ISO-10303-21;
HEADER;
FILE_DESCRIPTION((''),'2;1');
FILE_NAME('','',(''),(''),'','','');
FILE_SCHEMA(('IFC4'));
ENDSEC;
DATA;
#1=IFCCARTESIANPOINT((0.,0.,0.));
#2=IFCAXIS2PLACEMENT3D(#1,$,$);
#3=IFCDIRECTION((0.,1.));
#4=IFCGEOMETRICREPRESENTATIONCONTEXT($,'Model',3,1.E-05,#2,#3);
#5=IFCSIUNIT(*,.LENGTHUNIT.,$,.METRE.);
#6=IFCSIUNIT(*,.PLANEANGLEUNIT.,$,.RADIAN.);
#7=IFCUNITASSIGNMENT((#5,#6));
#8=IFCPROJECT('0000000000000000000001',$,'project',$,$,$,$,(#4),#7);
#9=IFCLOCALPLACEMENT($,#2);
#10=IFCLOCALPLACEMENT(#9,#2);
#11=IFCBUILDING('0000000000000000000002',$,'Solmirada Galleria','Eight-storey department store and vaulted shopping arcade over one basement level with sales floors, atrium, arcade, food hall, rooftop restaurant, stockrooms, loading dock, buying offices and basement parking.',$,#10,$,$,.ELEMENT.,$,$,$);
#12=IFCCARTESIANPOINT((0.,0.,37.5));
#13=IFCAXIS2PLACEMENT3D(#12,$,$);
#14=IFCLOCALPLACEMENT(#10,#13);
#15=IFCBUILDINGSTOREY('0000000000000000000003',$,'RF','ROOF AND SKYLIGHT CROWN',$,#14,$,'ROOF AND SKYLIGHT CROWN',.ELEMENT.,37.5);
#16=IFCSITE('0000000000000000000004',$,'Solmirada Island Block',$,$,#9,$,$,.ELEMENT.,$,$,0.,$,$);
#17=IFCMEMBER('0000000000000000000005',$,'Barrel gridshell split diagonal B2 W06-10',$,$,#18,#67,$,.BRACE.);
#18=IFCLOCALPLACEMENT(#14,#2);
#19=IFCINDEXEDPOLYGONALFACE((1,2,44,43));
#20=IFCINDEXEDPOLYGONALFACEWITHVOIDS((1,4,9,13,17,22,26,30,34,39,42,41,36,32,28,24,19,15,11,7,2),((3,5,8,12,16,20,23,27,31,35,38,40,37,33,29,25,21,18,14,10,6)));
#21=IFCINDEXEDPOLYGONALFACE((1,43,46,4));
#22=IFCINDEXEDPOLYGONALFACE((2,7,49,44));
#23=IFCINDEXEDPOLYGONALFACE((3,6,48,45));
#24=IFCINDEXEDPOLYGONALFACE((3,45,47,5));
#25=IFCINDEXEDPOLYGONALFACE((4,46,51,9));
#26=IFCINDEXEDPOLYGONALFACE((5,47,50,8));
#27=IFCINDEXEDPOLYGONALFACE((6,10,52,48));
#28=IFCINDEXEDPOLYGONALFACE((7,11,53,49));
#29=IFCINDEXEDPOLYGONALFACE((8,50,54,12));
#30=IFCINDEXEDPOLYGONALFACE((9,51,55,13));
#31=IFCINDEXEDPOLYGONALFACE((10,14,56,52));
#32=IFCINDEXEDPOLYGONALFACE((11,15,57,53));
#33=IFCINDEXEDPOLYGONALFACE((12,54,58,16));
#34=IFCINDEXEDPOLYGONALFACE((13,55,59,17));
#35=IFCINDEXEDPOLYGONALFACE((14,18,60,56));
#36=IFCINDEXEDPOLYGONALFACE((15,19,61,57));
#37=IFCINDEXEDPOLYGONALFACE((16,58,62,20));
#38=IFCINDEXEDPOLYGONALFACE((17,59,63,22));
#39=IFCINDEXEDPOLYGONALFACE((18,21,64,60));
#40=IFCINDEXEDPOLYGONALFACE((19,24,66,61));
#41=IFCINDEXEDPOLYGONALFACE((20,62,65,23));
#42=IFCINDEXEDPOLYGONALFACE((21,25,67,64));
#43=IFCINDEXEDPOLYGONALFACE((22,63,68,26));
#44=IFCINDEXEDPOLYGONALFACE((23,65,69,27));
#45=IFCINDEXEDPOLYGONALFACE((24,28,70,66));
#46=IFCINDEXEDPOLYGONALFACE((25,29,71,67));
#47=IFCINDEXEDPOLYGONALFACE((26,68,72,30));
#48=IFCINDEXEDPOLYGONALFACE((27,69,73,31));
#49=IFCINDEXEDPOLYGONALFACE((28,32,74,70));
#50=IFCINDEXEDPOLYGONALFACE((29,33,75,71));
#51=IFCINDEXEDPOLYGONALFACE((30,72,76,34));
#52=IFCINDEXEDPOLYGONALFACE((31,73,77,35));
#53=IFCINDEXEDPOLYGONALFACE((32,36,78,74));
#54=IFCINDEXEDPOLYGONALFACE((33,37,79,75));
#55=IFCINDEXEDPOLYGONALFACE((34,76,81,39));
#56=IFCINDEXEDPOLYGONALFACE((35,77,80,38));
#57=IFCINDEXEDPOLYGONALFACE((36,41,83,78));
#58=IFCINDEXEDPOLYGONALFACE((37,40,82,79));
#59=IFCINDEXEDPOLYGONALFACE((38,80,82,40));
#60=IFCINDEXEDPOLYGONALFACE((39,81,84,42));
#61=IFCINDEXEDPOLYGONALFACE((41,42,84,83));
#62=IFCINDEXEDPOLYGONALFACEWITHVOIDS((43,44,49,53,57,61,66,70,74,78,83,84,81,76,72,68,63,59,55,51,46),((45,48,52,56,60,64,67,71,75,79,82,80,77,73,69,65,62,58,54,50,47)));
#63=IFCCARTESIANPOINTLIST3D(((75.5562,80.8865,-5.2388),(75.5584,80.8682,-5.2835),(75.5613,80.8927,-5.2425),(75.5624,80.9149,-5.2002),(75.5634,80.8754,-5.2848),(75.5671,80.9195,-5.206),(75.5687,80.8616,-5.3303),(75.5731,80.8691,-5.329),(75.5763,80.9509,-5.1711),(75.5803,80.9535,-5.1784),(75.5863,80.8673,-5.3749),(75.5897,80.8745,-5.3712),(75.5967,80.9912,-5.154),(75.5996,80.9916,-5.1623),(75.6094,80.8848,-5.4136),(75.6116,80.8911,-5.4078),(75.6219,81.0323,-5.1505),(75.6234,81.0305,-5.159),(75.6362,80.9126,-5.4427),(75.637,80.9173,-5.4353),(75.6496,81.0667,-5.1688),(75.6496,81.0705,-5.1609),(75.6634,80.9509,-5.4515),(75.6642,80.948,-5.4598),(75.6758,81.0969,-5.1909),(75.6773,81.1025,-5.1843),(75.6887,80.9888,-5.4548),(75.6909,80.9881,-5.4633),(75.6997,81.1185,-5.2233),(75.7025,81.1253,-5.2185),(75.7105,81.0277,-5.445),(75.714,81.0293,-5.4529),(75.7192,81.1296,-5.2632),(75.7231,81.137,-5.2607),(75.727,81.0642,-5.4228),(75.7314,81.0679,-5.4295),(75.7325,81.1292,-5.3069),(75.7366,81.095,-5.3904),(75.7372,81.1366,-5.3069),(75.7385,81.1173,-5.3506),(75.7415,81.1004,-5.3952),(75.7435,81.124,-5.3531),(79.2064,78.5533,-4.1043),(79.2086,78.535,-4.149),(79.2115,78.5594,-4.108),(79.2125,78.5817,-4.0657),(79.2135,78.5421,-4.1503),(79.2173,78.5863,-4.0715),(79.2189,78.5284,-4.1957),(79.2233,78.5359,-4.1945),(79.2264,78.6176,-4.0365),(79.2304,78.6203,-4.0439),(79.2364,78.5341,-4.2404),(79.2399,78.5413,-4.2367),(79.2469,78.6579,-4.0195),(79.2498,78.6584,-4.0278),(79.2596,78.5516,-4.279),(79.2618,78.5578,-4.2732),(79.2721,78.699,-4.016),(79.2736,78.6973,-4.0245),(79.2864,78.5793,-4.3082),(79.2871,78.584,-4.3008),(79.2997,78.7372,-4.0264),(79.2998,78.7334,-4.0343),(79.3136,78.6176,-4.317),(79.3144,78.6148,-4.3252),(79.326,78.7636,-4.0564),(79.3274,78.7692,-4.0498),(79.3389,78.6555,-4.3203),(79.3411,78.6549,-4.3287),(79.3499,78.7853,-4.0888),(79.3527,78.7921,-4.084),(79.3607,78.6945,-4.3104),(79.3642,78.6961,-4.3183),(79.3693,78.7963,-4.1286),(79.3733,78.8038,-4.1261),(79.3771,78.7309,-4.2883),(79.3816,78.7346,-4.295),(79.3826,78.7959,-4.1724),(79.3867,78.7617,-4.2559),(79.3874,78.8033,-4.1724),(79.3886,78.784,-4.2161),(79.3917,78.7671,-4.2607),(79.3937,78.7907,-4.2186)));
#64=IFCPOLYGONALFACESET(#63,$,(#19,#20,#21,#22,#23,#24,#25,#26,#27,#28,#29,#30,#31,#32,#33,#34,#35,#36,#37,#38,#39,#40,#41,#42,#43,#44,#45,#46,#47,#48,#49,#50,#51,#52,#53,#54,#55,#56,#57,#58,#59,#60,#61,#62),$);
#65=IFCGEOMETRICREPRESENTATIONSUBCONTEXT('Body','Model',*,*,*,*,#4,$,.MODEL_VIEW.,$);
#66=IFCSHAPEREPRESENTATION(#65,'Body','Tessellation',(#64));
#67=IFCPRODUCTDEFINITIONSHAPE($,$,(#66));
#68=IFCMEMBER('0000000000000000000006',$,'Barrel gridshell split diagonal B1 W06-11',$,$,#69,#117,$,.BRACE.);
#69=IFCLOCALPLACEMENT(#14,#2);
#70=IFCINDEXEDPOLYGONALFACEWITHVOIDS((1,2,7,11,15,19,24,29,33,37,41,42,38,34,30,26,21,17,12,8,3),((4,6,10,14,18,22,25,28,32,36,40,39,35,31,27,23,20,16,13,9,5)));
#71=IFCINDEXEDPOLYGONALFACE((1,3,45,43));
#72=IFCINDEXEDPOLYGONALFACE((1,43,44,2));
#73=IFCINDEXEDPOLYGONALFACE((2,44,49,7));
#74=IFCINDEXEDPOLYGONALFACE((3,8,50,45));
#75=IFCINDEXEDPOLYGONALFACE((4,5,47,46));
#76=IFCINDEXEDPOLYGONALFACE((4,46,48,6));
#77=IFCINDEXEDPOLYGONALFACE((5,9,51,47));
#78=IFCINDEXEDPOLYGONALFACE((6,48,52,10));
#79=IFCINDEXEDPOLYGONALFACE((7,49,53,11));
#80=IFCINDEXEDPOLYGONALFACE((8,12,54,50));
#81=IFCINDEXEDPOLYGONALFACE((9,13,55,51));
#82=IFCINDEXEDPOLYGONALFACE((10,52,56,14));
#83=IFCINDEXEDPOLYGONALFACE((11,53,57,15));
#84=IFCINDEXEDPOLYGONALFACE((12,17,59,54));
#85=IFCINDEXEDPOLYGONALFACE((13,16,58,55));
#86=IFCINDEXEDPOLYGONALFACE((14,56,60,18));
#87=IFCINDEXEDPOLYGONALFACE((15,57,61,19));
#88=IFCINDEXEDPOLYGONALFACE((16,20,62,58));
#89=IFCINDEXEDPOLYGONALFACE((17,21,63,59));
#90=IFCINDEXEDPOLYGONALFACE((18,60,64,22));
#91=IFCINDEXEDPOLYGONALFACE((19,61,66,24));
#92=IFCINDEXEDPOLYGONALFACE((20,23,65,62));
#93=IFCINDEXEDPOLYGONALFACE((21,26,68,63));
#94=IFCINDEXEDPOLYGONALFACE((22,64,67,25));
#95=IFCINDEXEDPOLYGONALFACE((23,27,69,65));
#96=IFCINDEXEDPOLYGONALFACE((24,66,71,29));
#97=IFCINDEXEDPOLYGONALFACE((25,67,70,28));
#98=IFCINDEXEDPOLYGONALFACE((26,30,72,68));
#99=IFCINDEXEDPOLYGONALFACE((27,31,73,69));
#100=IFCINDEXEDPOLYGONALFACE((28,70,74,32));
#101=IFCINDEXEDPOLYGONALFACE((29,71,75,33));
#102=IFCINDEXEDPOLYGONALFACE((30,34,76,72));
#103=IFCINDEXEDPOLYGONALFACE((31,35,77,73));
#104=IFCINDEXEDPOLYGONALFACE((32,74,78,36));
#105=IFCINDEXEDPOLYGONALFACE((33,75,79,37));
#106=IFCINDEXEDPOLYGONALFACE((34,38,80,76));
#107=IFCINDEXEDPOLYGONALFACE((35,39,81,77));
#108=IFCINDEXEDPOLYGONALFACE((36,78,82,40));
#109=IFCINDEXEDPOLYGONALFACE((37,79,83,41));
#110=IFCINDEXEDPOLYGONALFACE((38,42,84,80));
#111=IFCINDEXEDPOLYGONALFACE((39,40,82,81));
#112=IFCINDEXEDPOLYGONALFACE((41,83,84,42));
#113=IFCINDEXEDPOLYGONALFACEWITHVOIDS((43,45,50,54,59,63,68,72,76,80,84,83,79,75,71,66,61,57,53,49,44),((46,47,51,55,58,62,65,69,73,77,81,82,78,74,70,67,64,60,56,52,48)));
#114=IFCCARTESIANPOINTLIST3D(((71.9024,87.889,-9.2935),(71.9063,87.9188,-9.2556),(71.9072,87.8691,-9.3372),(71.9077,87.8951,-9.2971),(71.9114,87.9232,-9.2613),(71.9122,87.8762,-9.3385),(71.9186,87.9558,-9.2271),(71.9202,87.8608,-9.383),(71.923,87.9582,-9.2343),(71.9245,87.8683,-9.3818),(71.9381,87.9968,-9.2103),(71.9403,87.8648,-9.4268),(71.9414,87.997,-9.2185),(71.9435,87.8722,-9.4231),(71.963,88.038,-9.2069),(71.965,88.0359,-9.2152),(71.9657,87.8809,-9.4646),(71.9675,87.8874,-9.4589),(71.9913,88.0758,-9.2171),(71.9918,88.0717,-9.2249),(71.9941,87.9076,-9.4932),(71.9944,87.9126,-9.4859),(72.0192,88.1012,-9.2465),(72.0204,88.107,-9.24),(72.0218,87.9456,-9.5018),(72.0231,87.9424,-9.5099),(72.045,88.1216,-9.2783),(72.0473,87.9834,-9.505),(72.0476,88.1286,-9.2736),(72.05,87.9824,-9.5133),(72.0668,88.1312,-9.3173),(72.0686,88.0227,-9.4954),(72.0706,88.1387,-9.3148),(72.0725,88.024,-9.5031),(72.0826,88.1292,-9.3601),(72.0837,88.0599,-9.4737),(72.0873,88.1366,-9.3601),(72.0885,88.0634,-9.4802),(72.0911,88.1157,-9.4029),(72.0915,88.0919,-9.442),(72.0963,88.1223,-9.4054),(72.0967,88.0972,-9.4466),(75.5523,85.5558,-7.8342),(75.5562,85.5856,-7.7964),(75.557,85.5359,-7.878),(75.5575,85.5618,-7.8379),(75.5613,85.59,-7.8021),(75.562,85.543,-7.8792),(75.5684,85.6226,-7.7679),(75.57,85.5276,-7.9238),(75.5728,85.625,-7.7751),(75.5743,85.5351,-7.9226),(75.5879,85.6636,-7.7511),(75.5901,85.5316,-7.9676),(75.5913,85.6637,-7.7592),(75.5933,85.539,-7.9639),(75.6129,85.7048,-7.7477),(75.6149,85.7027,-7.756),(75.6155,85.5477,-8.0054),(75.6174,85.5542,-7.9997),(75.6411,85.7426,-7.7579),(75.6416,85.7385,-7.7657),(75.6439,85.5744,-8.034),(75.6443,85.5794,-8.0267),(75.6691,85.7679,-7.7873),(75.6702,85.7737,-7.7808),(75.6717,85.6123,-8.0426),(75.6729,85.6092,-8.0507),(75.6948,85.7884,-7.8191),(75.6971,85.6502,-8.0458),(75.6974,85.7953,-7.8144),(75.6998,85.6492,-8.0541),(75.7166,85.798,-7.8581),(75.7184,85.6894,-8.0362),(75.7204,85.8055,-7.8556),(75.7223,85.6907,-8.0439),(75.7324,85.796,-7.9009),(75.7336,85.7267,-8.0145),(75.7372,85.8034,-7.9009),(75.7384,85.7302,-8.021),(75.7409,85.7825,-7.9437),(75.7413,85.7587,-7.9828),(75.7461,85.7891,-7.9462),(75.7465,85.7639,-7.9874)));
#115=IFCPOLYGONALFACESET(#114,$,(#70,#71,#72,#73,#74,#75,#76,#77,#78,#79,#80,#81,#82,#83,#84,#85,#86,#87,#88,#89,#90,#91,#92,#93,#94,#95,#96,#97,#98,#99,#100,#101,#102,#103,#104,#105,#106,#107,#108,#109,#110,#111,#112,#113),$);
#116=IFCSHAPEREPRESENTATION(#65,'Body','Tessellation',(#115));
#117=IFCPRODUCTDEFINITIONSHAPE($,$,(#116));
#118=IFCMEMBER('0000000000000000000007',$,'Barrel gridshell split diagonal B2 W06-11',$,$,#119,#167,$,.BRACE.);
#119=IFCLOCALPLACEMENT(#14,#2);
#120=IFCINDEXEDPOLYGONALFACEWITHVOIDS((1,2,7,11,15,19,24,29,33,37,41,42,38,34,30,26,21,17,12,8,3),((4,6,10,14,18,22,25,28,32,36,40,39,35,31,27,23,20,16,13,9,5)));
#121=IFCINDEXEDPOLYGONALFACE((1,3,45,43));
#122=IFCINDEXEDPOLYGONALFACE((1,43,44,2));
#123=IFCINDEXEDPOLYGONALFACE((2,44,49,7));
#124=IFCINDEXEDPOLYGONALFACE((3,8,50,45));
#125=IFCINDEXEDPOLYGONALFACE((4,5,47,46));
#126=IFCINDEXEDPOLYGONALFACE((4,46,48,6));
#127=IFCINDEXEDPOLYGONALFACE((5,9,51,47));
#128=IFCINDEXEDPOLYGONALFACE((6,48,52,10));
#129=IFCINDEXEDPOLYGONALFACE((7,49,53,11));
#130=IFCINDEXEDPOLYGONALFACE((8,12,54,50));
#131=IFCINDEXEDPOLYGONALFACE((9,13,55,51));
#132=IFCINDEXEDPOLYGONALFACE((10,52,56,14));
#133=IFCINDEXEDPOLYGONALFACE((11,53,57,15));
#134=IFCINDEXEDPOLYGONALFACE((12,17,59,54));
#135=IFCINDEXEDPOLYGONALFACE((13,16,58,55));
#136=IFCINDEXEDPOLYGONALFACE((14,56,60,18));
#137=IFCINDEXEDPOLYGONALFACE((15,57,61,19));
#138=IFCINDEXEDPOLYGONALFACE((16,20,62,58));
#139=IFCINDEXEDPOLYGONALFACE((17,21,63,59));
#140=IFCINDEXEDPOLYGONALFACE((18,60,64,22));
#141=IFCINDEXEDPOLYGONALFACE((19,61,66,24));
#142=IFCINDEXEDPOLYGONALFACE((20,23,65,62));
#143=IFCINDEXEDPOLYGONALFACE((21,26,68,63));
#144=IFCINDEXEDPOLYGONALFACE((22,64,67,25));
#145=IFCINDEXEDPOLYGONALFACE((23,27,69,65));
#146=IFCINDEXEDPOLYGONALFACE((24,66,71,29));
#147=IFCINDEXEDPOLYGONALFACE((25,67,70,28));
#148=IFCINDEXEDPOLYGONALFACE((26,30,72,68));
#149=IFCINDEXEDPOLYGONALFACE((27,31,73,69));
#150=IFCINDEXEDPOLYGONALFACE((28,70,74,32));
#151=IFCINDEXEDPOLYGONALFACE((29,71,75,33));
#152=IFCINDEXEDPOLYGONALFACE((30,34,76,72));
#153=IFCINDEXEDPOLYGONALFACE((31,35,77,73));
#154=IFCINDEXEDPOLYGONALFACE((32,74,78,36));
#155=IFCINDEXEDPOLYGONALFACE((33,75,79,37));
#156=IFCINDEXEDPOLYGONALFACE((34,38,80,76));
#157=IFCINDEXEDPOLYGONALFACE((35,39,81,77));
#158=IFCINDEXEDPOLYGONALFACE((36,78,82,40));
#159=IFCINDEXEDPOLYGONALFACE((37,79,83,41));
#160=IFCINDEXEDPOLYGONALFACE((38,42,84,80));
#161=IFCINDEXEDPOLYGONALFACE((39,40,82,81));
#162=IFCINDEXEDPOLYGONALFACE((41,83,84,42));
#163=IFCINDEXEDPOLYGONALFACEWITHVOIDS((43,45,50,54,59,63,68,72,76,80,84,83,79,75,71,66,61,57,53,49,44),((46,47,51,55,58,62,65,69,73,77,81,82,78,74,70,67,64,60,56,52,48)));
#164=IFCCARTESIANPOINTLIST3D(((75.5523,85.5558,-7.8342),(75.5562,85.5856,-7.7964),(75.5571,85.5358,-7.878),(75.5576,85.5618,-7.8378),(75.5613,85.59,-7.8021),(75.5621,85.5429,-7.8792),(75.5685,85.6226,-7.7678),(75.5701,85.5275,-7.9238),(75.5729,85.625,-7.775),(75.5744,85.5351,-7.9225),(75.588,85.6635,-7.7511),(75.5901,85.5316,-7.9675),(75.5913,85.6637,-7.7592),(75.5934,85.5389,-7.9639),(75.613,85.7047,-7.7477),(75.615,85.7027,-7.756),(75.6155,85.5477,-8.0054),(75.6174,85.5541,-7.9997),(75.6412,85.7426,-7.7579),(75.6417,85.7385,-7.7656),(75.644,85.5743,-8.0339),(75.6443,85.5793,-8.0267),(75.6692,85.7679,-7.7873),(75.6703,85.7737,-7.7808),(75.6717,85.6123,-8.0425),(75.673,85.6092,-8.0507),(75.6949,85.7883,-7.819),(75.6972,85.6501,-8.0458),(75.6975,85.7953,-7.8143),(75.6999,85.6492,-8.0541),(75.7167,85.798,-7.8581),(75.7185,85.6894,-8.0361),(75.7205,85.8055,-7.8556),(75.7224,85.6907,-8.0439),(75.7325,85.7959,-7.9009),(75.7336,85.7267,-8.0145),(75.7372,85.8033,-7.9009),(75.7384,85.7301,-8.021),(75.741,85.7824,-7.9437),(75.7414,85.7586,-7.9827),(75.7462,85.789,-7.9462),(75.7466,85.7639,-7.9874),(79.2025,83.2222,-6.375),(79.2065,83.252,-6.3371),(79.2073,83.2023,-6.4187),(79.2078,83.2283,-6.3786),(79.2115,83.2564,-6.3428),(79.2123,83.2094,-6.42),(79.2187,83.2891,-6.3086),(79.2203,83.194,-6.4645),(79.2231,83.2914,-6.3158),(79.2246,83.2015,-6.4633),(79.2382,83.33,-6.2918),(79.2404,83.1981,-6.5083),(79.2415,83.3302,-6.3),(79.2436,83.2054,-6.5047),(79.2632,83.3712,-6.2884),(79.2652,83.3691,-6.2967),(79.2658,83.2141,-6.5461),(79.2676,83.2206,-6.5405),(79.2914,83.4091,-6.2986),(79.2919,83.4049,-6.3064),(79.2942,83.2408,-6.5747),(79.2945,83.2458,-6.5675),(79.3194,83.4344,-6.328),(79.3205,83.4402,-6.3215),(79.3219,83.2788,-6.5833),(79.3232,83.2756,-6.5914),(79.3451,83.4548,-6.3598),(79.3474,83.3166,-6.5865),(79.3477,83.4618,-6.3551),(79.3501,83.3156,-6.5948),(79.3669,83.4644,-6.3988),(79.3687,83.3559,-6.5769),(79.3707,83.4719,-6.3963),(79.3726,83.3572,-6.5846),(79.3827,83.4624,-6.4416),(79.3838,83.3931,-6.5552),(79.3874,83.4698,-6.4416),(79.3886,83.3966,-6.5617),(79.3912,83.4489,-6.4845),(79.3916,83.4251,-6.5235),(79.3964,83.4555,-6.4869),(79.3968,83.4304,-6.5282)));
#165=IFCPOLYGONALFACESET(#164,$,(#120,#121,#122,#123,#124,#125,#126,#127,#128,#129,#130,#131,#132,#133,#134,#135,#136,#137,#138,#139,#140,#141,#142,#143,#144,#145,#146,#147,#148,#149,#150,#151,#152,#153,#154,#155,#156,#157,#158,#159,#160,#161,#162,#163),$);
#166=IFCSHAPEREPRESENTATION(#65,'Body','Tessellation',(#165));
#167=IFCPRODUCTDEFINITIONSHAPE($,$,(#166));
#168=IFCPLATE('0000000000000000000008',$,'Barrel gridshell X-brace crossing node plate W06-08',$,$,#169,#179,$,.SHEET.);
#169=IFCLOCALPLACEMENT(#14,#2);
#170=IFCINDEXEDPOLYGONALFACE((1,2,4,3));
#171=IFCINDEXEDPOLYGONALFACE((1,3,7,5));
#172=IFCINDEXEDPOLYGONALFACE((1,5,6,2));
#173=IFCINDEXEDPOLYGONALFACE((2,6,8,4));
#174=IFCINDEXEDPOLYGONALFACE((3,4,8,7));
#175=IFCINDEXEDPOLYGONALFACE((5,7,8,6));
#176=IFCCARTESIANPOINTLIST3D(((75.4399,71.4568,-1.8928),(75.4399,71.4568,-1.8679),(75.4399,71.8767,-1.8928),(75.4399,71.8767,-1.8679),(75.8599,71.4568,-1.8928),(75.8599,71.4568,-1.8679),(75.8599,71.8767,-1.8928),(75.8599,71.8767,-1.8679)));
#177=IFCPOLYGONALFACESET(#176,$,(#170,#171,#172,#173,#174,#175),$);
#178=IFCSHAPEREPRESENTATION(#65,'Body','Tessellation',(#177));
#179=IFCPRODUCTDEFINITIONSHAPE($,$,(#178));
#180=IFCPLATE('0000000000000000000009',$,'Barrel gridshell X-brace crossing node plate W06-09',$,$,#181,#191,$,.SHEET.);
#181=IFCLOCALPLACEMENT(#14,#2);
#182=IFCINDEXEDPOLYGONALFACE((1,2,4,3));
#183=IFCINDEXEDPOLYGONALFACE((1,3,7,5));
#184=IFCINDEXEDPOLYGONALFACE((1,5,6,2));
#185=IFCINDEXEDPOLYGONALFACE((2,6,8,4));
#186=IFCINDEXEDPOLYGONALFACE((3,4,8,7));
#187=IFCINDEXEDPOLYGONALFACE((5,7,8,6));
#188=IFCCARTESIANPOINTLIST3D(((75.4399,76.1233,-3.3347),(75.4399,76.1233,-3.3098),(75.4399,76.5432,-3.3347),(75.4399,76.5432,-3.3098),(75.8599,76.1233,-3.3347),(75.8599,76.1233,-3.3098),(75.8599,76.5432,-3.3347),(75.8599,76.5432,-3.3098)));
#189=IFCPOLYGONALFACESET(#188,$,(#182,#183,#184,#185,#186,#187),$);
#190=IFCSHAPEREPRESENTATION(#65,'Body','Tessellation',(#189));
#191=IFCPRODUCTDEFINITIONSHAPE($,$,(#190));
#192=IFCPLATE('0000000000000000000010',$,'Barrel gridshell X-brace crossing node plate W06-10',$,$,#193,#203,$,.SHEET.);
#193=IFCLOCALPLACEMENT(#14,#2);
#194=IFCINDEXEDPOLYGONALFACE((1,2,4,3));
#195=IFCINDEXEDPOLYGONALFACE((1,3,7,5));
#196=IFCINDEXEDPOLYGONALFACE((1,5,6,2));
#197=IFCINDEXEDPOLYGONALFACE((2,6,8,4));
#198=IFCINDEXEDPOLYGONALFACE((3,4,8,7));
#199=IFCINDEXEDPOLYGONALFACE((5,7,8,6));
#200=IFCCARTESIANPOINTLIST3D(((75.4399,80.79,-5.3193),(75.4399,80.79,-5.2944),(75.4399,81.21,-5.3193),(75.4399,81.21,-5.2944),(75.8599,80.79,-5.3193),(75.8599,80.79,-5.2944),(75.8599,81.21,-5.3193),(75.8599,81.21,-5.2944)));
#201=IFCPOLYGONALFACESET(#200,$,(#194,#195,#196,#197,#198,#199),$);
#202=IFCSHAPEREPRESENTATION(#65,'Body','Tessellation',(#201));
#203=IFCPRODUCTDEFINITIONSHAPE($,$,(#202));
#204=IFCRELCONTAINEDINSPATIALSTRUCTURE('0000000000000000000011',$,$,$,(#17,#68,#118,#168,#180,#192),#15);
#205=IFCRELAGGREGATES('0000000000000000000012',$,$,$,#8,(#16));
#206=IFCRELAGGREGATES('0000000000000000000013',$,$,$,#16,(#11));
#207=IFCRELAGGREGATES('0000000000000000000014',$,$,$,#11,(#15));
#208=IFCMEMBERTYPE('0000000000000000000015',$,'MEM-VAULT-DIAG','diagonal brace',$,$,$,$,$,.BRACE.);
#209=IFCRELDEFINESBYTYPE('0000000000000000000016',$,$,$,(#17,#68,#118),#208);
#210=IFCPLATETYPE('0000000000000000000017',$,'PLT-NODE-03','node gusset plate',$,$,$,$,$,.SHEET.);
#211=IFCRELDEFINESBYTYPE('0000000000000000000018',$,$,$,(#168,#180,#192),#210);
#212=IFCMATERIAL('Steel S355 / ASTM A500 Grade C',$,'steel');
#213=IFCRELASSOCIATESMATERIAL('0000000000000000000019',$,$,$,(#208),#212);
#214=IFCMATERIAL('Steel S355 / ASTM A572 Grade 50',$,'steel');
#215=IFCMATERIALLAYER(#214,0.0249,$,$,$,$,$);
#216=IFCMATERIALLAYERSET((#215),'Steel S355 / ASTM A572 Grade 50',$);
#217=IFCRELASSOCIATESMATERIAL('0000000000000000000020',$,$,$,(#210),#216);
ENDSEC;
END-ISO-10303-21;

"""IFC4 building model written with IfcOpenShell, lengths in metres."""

from ifc_helpers import new_model, si_unit, direction, frame, origin, origin_2d, place, context, subcontext, project, spatial, rectangle, hollow_circle, extrude, material, layer, layer_set, material_profile, profile_set, type_object, element, save


model = new_model("IFC4")

# Units and contexts
model_context = context("Model", 3, precision=1e-05, world=origin(), true_north=direction((0.0, 1.0)))
body_context = subcontext(model_context, "Body", "Model", "MODEL_VIEW")
ifc_project = project(units=[si_unit("LENGTHUNIT", "METRE"), si_unit("PLANEANGLEUNIT", "RADIAN")], contexts=[model_context])

# Site, building, storey
site_placement = place(None, origin())
site = spatial("IfcSite", under=ifc_project, at=site_placement, Name="Solmirada Island Block", CompositionType="ELEMENT", RefElevation=0.0)
building_placement = place(site_placement, origin())
building = spatial("IfcBuilding", under=site, at=building_placement, Name="Solmirada Galleria", Description="Eight-storey department store and vaulted shopping arcade over one basement level with sales floors, atrium, arcade, food hall, rooftop restaurant, stockrooms, loading dock, buying offices and basement parking.", CompositionType="ELEMENT")
storey_placement = place(building_placement, frame((0.0, 0.0, 37.5)))
storey = spatial("IfcBuildingStorey", under=building, at=storey_placement, Name="RF", Description="ROOF AND SKYLIGHT CROWN", LongName="ROOF AND SKYLIGHT CROWN", CompositionType="ELEMENT", Elevation=37.5)

# Members
ifc_material_1 = material(Name="Steel S355 / ASTM A500 Grade C", Category="steel")
ifc_material_profile_1 = material_profile(ifc_material_1, hollow_circle(Radius=0.1621, WallThickness=0.0088, at=origin_2d()), Name="HSS12.750X0.375")
ifc_profile_set_1 = profile_set([ifc_material_profile_1], Name="Steel S355 / ASTM A500 Grade C")
member_type_1 = type_object("IfcMemberType", Name="MEM-VAULT-DIAG", Description="diagonal brace", PredefinedType="BRACE", material=ifc_profile_set_1)
member_1_placement = place(storey_placement, frame((75.6499, 81.0, -5.3069), z_axis=(0.815082, -0.521018, 0.25334), x_axis=(0.538588, 0.842569, 0.0)))
element("IfcMember", 1, at=member_1_placement, inside=storey, type_object=member_type_1, Name="Barrel gridshell split diagonal B2 W06-10", PredefinedType="BRACE", context=body_context, shape_type="SweptSolid", body=[
    extrude(hollow_circle(Radius=0.1621, WallThickness=0.0088, at=origin_2d()), origin(), (0.0, 0.0, 1.0), 4.4783),
])
member_2_placement = place(storey_placement, frame((72.0, 88.0, -9.3601), z_axis=(0.798469, -0.510433, 0.319227), x_axis=(0.538614, 0.842553, 0.0)))
element("IfcMember", 2, at=member_2_placement, inside=storey, type_object=member_type_1, Name="Barrel gridshell split diagonal B1 W06-11", PredefinedType="BRACE", context=body_context, shape_type="SweptSolid", body=[
    extrude(hollow_circle(Radius=0.1621, WallThickness=0.0088, at=origin_2d()), origin(), (0.0, 0.0, 1.0), 4.571),
])
member_3_placement = place(storey_placement, frame((75.6499, 85.6667, -7.9009), z_axis=(0.798466, -0.51045, 0.319205), x_axis=(0.538628, 0.842544, 0.0)))
element("IfcMember", 3, at=member_3_placement, inside=storey, type_object=member_type_1, Name="Barrel gridshell split diagonal B2 W06-11", PredefinedType="BRACE", context=body_context, shape_type="SweptSolid", body=[
    extrude(hollow_circle(Radius=0.1621, WallThickness=0.0088, at=origin_2d()), origin(), (0.0, 0.0, 1.0), 4.5715),
])

# Plates
ifc_material_2 = material(Name="Steel S355 / ASTM A572 Grade 50", Category="steel")
ifc_layer_1 = layer(ifc_material_2, 0.0249)
ifc_layer_set_1 = layer_set([ifc_layer_1], Name="Steel S355 / ASTM A572 Grade 50")
plate_type_1 = type_object("IfcPlateType", Name="PLT-NODE-03", Description="node gusset plate", PredefinedType="SHEET", material=ifc_layer_set_1)
for number, where, z_axis, x_axis, name in (
    (4, (75.6499, 71.6667, -1.8928), (0.0, 0.0, 1.0), (1.0, 0.0, 0.0), "Barrel gridshell X-brace crossing node plate W06-08"),
    (5, (75.6499, 76.3333, -3.3347), (0.0, 0.0, 1.0), (1.0, 0.0, 0.0), "Barrel gridshell X-brace crossing node plate W06-09"),
    (6, (75.6499, 81.0, -5.3193), (0.0, 0.0, 1.0), (1.0, 0.0, 0.0), "Barrel gridshell X-brace crossing node plate W06-10"),
):
    element("IfcPlate", number, at=place(storey_placement, frame(where, z_axis=z_axis, x_axis=x_axis)), inside=storey, type_object=plate_type_1, Name=name, PredefinedType="SHEET", context=body_context, shape_type="SweptSolid", body=[
        extrude(rectangle(XDim=0.4199, YDim=0.4199, at=origin_2d()), origin(), (0.0, 0.0, 1.0), 0.0249),
    ])

save(model, "model.ifc")
